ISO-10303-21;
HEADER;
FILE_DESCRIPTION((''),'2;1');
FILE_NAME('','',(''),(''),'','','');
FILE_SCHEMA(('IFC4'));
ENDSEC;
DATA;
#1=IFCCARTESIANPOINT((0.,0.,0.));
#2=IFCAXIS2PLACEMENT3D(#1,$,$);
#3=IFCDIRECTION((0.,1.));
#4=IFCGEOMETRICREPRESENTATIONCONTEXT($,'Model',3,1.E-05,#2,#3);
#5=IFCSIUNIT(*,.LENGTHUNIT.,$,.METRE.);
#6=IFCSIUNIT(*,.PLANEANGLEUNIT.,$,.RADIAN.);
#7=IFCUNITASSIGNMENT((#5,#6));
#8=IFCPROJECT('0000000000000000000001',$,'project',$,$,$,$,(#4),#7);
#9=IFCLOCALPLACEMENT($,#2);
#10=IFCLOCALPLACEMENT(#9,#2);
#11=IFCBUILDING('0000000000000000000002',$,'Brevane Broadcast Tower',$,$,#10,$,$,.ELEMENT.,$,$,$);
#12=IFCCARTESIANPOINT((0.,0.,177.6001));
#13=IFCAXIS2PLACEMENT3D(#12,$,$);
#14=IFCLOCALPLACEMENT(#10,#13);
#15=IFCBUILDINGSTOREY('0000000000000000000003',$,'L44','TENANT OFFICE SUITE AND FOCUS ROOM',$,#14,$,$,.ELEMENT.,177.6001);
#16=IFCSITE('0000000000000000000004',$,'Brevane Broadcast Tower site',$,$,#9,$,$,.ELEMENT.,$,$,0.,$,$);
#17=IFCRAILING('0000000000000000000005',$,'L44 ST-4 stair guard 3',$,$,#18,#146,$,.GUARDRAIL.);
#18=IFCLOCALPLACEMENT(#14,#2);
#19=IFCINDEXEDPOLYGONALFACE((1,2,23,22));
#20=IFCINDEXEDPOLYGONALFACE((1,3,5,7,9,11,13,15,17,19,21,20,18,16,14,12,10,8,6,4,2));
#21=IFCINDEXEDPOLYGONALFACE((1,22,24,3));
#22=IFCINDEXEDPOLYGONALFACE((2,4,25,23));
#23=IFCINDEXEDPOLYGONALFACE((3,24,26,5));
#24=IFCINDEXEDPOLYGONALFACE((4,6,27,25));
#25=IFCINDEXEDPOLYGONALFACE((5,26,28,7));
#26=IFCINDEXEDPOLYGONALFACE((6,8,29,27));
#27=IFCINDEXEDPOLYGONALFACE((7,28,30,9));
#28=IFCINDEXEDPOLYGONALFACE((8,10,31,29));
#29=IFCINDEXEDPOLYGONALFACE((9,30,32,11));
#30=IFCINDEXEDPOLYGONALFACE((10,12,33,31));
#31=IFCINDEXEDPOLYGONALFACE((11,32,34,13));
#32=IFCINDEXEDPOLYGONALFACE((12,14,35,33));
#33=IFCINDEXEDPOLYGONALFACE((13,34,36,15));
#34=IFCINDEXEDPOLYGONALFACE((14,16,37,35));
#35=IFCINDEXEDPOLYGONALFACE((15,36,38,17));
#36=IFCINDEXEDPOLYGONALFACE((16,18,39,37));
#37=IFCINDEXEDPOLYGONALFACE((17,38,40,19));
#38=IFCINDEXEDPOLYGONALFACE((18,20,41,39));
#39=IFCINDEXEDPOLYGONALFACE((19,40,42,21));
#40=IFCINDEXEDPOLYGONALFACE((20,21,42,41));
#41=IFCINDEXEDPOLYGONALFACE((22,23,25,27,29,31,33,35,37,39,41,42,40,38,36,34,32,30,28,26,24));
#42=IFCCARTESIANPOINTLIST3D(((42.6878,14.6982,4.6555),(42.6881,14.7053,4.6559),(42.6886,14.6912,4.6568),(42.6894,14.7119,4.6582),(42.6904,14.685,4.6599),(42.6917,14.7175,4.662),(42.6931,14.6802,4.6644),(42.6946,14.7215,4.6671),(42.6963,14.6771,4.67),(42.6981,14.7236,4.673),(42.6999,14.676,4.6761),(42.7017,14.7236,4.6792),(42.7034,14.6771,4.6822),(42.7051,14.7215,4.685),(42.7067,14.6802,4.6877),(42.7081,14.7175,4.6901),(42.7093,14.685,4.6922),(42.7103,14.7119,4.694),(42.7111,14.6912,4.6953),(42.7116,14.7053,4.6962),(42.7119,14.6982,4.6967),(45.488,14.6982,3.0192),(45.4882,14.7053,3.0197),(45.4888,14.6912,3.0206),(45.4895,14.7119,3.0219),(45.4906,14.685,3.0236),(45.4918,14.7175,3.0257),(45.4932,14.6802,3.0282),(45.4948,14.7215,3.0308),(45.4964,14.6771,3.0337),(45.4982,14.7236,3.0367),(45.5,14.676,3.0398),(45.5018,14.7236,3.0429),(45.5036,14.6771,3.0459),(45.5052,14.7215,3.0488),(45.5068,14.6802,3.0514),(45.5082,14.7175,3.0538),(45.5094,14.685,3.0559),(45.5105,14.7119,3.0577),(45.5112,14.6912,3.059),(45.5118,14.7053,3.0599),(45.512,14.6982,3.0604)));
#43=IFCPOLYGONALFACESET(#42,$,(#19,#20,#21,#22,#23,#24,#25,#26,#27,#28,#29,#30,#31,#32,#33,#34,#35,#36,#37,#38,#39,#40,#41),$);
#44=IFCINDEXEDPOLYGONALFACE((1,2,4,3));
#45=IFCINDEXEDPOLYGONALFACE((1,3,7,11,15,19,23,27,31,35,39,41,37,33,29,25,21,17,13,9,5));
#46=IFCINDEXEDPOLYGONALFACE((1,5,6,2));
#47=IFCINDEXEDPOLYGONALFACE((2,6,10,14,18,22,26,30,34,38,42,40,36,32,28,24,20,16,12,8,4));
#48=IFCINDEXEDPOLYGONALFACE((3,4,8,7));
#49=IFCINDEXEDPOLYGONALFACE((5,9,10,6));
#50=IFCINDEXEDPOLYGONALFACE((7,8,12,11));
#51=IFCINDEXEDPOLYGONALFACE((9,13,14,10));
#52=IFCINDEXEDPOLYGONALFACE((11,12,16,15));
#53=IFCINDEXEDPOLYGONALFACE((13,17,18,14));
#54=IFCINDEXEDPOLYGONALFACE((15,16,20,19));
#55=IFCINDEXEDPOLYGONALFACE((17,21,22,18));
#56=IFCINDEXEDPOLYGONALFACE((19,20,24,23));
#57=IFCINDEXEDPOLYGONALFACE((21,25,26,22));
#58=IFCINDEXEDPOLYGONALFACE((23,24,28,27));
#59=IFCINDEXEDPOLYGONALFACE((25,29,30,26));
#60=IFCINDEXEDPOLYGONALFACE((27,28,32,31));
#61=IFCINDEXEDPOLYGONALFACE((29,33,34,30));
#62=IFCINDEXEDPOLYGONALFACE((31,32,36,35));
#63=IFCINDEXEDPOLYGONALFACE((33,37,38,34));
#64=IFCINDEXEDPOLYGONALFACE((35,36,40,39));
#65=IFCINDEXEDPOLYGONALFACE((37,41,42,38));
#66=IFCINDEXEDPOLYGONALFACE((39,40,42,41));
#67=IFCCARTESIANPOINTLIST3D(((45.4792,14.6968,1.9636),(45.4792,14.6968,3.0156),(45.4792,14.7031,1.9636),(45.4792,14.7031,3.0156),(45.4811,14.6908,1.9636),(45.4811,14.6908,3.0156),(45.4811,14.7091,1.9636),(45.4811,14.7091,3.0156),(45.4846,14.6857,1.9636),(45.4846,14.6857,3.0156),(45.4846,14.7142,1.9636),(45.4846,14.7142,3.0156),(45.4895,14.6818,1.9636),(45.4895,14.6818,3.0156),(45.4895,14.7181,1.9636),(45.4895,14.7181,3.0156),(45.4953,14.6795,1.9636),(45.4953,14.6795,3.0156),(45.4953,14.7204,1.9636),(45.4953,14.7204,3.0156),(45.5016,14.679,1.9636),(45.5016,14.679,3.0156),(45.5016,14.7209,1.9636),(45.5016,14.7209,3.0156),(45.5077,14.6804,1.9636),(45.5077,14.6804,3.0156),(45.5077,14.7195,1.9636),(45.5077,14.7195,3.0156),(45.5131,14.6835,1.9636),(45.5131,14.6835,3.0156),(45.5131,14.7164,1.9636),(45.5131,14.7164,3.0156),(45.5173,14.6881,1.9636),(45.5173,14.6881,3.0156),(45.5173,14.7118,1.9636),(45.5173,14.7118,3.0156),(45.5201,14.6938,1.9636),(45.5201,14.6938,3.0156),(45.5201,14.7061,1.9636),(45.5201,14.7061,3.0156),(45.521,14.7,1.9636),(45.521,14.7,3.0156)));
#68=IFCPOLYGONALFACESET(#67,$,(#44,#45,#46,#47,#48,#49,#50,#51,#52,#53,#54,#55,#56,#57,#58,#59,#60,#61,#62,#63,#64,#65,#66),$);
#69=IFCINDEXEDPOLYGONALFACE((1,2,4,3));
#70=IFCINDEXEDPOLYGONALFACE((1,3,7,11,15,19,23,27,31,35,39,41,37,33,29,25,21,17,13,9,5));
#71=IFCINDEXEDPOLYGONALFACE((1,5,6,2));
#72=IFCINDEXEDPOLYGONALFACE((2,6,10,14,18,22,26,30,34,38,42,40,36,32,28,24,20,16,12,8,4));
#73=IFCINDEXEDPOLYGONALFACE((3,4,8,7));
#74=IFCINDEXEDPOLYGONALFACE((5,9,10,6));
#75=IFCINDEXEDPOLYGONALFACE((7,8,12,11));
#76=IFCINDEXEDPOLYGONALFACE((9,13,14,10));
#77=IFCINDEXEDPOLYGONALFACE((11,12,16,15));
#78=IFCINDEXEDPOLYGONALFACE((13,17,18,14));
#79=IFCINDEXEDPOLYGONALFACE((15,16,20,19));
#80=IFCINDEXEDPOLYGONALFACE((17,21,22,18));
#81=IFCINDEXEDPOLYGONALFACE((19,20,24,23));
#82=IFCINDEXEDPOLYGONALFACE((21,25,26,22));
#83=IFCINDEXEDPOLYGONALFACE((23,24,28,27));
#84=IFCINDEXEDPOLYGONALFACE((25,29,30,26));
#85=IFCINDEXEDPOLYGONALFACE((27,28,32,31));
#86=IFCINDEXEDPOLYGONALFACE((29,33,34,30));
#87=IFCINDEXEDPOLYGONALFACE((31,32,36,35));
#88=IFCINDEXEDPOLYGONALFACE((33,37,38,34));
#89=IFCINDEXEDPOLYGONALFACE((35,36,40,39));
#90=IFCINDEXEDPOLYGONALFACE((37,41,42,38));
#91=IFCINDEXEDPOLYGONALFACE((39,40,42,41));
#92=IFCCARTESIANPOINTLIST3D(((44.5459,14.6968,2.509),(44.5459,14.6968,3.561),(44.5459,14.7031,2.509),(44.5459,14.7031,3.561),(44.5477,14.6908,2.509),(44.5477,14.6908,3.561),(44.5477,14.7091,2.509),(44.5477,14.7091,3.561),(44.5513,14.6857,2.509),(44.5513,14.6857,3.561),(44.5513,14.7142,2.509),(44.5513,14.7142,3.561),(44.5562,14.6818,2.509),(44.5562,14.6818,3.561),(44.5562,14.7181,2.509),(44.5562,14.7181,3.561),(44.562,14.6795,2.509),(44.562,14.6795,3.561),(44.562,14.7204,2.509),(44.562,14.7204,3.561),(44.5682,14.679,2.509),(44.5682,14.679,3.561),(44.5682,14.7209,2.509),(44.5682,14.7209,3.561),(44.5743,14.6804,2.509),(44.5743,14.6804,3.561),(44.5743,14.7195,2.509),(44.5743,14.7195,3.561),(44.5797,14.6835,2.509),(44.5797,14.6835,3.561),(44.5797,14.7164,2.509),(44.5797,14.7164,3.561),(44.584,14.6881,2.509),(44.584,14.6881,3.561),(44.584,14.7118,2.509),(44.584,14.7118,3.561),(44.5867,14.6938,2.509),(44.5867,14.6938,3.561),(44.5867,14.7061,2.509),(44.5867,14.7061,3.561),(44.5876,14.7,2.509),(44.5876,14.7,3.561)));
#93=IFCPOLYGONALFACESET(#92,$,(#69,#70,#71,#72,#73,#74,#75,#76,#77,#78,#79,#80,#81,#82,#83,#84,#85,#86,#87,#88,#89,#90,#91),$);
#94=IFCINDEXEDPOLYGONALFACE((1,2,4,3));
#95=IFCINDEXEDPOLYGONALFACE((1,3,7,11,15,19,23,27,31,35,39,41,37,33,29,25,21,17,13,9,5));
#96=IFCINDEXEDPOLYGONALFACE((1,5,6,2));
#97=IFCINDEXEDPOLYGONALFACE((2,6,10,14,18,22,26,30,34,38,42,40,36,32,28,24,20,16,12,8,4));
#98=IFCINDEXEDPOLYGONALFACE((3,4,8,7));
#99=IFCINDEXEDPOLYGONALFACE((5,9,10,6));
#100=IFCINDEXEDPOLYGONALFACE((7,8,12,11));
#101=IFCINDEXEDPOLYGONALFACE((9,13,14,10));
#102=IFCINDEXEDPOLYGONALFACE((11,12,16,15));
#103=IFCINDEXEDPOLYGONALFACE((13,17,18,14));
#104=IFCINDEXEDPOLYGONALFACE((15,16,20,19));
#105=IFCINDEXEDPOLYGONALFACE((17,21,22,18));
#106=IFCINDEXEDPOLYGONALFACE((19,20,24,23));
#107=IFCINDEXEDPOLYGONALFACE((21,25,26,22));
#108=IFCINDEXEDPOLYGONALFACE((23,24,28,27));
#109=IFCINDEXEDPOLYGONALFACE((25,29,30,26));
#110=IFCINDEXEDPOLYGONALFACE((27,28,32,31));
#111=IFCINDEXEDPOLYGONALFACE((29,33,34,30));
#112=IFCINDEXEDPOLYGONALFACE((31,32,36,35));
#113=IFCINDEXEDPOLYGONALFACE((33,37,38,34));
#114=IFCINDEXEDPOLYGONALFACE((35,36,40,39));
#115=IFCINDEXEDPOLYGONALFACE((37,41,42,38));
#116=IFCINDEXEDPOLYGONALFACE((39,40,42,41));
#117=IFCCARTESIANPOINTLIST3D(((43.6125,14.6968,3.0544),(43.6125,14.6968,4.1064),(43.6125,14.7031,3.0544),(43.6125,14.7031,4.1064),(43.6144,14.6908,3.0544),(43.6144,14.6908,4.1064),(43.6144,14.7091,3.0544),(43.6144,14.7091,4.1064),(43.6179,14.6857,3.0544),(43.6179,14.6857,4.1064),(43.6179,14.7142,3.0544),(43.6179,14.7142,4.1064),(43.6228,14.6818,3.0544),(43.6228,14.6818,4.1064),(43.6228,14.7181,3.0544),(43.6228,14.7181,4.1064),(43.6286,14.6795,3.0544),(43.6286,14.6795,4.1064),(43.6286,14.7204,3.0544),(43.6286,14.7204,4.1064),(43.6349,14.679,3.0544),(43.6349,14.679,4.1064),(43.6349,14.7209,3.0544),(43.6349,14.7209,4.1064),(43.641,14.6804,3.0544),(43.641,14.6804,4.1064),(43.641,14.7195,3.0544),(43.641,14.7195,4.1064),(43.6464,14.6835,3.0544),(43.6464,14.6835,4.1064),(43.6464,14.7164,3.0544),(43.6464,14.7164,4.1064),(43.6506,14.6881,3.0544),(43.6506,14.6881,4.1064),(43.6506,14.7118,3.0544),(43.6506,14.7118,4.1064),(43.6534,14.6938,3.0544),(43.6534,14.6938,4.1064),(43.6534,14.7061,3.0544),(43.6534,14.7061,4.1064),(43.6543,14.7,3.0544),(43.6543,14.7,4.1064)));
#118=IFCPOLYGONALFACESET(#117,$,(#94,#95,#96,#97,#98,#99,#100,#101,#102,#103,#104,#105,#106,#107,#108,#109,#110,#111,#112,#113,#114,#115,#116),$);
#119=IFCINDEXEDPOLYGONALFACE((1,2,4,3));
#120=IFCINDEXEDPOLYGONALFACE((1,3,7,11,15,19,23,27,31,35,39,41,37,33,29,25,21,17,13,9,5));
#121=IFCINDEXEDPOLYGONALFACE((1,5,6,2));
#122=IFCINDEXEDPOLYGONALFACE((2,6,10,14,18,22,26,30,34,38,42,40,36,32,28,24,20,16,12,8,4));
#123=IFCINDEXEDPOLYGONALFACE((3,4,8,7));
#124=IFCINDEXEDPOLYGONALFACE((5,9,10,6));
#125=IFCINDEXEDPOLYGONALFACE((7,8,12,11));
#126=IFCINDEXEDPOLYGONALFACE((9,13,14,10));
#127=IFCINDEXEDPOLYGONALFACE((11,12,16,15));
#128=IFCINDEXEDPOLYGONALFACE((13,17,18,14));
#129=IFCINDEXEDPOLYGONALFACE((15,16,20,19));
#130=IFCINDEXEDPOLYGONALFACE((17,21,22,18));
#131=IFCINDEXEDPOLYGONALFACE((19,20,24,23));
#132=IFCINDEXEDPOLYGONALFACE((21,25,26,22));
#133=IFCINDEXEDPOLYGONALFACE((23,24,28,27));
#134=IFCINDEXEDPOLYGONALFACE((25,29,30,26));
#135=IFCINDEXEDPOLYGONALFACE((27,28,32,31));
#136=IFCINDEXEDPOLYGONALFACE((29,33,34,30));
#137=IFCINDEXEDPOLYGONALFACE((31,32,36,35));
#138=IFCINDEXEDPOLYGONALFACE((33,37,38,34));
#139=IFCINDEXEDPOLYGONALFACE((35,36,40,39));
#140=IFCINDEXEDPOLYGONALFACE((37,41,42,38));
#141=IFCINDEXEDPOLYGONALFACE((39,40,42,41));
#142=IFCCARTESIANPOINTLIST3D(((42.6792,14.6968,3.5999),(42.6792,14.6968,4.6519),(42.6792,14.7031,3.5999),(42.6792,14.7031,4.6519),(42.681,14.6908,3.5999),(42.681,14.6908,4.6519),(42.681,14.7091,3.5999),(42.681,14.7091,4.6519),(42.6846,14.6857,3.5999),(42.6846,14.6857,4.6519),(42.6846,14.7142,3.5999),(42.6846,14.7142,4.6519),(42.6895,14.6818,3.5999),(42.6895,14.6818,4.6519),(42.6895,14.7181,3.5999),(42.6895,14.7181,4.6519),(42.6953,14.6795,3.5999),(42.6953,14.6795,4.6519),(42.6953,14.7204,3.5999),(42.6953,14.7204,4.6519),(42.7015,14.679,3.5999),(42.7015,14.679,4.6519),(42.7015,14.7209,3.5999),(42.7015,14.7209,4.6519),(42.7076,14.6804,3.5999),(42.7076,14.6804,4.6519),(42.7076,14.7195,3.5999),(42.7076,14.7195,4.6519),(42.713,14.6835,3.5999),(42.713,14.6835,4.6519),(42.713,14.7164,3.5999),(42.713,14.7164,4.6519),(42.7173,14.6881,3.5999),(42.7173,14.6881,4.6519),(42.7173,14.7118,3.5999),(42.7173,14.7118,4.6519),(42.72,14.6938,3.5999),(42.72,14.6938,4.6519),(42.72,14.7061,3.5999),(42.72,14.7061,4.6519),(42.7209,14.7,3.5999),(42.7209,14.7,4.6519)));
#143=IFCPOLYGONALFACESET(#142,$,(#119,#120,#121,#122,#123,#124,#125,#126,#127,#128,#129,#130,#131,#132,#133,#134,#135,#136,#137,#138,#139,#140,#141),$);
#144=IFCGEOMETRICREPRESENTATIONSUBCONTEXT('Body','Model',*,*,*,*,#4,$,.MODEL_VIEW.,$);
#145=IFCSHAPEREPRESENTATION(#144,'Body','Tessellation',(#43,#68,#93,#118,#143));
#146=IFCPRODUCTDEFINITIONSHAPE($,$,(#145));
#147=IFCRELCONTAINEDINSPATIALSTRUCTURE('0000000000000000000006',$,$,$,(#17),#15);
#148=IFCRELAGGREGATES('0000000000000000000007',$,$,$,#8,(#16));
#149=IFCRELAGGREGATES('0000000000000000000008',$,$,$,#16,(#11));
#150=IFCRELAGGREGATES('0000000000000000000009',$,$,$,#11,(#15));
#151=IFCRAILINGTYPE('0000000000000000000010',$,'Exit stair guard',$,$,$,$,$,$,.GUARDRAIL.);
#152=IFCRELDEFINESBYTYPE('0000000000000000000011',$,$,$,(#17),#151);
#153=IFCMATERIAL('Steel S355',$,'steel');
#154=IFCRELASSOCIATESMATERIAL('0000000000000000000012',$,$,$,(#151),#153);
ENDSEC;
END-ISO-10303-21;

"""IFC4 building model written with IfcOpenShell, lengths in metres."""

from ifc_helpers import new_model, si_unit, direction, frame, origin, origin_2d, place, context, subcontext, project, spatial, circle, extrude, material, type_object, element, save


model = new_model("IFC4")

# Units and contexts
model_context = context("Model", 3, precision=1e-05, world=origin(), true_north=direction((0.0, 1.0)))
body_context = subcontext(model_context, "Body", "Model", "MODEL_VIEW")
ifc_project = project(units=[si_unit("LENGTHUNIT", "METRE"), si_unit("PLANEANGLEUNIT", "RADIAN")], contexts=[model_context])

# Site, building, storey
site_placement = place(None, origin())
site = spatial("IfcSite", under=ifc_project, at=site_placement, Name="Brevane Broadcast Tower site", CompositionType="ELEMENT", RefElevation=0.0)
building_placement = place(site_placement, origin())
building = spatial("IfcBuilding", under=site, at=building_placement, Name="Brevane Broadcast Tower", CompositionType="ELEMENT")
storey_placement = place(building_placement, frame((0.0, 0.0, 177.6001)))
storey = spatial("IfcBuildingStorey", under=building, at=storey_placement, Name="L44", Description="TENANT OFFICE SUITE AND FOCUS ROOM", CompositionType="ELEMENT", Elevation=177.6001)

# Railing
ifc_material_1 = material(Name="Steel S355", Category="steel")
railing_type_1 = type_object("IfcRailingType", Name="Exit stair guard", PredefinedType="GUARDRAIL", material=ifc_material_1)
railing_1_placement = place(storey_placement, frame((45.5, 14.7, 1.9636)))
element("IfcRailing", 1, at=railing_1_placement, inside=storey, type_object=railing_type_1, Name="L44 ST-4 stair guard 3", PredefinedType="GUARDRAIL", context=body_context, shape_type="SweptSolid", body=[
    extrude(circle(Radius=0.0239, at=origin_2d()), frame((0.0, 0.0, 1.0762), z_axis=(-0.863394, 0.0, 0.504531), x_axis=(0.0, -1.0, 0.0)), (0.0, 0.0, 1.0), 3.2432),
    extrude(circle(Radius=0.021, at=origin_2d()), origin(), (0.0, 0.0, 1.0), 1.052),
    extrude(circle(Radius=0.021, at=origin_2d()), frame((-0.9333, 0.0, 0.5454)), (0.0, 0.0, 1.0), 1.052),
    extrude(circle(Radius=0.021, at=origin_2d()), frame((-1.8667, 0.0, 1.0908)), (0.0, 0.0, 1.0), 1.052),
    extrude(circle(Radius=0.021, at=origin_2d()), frame((-2.8, 0.0, 1.6362)), (0.0, 0.0, 1.0), 1.052),
])

save(model, "model.ifc")
